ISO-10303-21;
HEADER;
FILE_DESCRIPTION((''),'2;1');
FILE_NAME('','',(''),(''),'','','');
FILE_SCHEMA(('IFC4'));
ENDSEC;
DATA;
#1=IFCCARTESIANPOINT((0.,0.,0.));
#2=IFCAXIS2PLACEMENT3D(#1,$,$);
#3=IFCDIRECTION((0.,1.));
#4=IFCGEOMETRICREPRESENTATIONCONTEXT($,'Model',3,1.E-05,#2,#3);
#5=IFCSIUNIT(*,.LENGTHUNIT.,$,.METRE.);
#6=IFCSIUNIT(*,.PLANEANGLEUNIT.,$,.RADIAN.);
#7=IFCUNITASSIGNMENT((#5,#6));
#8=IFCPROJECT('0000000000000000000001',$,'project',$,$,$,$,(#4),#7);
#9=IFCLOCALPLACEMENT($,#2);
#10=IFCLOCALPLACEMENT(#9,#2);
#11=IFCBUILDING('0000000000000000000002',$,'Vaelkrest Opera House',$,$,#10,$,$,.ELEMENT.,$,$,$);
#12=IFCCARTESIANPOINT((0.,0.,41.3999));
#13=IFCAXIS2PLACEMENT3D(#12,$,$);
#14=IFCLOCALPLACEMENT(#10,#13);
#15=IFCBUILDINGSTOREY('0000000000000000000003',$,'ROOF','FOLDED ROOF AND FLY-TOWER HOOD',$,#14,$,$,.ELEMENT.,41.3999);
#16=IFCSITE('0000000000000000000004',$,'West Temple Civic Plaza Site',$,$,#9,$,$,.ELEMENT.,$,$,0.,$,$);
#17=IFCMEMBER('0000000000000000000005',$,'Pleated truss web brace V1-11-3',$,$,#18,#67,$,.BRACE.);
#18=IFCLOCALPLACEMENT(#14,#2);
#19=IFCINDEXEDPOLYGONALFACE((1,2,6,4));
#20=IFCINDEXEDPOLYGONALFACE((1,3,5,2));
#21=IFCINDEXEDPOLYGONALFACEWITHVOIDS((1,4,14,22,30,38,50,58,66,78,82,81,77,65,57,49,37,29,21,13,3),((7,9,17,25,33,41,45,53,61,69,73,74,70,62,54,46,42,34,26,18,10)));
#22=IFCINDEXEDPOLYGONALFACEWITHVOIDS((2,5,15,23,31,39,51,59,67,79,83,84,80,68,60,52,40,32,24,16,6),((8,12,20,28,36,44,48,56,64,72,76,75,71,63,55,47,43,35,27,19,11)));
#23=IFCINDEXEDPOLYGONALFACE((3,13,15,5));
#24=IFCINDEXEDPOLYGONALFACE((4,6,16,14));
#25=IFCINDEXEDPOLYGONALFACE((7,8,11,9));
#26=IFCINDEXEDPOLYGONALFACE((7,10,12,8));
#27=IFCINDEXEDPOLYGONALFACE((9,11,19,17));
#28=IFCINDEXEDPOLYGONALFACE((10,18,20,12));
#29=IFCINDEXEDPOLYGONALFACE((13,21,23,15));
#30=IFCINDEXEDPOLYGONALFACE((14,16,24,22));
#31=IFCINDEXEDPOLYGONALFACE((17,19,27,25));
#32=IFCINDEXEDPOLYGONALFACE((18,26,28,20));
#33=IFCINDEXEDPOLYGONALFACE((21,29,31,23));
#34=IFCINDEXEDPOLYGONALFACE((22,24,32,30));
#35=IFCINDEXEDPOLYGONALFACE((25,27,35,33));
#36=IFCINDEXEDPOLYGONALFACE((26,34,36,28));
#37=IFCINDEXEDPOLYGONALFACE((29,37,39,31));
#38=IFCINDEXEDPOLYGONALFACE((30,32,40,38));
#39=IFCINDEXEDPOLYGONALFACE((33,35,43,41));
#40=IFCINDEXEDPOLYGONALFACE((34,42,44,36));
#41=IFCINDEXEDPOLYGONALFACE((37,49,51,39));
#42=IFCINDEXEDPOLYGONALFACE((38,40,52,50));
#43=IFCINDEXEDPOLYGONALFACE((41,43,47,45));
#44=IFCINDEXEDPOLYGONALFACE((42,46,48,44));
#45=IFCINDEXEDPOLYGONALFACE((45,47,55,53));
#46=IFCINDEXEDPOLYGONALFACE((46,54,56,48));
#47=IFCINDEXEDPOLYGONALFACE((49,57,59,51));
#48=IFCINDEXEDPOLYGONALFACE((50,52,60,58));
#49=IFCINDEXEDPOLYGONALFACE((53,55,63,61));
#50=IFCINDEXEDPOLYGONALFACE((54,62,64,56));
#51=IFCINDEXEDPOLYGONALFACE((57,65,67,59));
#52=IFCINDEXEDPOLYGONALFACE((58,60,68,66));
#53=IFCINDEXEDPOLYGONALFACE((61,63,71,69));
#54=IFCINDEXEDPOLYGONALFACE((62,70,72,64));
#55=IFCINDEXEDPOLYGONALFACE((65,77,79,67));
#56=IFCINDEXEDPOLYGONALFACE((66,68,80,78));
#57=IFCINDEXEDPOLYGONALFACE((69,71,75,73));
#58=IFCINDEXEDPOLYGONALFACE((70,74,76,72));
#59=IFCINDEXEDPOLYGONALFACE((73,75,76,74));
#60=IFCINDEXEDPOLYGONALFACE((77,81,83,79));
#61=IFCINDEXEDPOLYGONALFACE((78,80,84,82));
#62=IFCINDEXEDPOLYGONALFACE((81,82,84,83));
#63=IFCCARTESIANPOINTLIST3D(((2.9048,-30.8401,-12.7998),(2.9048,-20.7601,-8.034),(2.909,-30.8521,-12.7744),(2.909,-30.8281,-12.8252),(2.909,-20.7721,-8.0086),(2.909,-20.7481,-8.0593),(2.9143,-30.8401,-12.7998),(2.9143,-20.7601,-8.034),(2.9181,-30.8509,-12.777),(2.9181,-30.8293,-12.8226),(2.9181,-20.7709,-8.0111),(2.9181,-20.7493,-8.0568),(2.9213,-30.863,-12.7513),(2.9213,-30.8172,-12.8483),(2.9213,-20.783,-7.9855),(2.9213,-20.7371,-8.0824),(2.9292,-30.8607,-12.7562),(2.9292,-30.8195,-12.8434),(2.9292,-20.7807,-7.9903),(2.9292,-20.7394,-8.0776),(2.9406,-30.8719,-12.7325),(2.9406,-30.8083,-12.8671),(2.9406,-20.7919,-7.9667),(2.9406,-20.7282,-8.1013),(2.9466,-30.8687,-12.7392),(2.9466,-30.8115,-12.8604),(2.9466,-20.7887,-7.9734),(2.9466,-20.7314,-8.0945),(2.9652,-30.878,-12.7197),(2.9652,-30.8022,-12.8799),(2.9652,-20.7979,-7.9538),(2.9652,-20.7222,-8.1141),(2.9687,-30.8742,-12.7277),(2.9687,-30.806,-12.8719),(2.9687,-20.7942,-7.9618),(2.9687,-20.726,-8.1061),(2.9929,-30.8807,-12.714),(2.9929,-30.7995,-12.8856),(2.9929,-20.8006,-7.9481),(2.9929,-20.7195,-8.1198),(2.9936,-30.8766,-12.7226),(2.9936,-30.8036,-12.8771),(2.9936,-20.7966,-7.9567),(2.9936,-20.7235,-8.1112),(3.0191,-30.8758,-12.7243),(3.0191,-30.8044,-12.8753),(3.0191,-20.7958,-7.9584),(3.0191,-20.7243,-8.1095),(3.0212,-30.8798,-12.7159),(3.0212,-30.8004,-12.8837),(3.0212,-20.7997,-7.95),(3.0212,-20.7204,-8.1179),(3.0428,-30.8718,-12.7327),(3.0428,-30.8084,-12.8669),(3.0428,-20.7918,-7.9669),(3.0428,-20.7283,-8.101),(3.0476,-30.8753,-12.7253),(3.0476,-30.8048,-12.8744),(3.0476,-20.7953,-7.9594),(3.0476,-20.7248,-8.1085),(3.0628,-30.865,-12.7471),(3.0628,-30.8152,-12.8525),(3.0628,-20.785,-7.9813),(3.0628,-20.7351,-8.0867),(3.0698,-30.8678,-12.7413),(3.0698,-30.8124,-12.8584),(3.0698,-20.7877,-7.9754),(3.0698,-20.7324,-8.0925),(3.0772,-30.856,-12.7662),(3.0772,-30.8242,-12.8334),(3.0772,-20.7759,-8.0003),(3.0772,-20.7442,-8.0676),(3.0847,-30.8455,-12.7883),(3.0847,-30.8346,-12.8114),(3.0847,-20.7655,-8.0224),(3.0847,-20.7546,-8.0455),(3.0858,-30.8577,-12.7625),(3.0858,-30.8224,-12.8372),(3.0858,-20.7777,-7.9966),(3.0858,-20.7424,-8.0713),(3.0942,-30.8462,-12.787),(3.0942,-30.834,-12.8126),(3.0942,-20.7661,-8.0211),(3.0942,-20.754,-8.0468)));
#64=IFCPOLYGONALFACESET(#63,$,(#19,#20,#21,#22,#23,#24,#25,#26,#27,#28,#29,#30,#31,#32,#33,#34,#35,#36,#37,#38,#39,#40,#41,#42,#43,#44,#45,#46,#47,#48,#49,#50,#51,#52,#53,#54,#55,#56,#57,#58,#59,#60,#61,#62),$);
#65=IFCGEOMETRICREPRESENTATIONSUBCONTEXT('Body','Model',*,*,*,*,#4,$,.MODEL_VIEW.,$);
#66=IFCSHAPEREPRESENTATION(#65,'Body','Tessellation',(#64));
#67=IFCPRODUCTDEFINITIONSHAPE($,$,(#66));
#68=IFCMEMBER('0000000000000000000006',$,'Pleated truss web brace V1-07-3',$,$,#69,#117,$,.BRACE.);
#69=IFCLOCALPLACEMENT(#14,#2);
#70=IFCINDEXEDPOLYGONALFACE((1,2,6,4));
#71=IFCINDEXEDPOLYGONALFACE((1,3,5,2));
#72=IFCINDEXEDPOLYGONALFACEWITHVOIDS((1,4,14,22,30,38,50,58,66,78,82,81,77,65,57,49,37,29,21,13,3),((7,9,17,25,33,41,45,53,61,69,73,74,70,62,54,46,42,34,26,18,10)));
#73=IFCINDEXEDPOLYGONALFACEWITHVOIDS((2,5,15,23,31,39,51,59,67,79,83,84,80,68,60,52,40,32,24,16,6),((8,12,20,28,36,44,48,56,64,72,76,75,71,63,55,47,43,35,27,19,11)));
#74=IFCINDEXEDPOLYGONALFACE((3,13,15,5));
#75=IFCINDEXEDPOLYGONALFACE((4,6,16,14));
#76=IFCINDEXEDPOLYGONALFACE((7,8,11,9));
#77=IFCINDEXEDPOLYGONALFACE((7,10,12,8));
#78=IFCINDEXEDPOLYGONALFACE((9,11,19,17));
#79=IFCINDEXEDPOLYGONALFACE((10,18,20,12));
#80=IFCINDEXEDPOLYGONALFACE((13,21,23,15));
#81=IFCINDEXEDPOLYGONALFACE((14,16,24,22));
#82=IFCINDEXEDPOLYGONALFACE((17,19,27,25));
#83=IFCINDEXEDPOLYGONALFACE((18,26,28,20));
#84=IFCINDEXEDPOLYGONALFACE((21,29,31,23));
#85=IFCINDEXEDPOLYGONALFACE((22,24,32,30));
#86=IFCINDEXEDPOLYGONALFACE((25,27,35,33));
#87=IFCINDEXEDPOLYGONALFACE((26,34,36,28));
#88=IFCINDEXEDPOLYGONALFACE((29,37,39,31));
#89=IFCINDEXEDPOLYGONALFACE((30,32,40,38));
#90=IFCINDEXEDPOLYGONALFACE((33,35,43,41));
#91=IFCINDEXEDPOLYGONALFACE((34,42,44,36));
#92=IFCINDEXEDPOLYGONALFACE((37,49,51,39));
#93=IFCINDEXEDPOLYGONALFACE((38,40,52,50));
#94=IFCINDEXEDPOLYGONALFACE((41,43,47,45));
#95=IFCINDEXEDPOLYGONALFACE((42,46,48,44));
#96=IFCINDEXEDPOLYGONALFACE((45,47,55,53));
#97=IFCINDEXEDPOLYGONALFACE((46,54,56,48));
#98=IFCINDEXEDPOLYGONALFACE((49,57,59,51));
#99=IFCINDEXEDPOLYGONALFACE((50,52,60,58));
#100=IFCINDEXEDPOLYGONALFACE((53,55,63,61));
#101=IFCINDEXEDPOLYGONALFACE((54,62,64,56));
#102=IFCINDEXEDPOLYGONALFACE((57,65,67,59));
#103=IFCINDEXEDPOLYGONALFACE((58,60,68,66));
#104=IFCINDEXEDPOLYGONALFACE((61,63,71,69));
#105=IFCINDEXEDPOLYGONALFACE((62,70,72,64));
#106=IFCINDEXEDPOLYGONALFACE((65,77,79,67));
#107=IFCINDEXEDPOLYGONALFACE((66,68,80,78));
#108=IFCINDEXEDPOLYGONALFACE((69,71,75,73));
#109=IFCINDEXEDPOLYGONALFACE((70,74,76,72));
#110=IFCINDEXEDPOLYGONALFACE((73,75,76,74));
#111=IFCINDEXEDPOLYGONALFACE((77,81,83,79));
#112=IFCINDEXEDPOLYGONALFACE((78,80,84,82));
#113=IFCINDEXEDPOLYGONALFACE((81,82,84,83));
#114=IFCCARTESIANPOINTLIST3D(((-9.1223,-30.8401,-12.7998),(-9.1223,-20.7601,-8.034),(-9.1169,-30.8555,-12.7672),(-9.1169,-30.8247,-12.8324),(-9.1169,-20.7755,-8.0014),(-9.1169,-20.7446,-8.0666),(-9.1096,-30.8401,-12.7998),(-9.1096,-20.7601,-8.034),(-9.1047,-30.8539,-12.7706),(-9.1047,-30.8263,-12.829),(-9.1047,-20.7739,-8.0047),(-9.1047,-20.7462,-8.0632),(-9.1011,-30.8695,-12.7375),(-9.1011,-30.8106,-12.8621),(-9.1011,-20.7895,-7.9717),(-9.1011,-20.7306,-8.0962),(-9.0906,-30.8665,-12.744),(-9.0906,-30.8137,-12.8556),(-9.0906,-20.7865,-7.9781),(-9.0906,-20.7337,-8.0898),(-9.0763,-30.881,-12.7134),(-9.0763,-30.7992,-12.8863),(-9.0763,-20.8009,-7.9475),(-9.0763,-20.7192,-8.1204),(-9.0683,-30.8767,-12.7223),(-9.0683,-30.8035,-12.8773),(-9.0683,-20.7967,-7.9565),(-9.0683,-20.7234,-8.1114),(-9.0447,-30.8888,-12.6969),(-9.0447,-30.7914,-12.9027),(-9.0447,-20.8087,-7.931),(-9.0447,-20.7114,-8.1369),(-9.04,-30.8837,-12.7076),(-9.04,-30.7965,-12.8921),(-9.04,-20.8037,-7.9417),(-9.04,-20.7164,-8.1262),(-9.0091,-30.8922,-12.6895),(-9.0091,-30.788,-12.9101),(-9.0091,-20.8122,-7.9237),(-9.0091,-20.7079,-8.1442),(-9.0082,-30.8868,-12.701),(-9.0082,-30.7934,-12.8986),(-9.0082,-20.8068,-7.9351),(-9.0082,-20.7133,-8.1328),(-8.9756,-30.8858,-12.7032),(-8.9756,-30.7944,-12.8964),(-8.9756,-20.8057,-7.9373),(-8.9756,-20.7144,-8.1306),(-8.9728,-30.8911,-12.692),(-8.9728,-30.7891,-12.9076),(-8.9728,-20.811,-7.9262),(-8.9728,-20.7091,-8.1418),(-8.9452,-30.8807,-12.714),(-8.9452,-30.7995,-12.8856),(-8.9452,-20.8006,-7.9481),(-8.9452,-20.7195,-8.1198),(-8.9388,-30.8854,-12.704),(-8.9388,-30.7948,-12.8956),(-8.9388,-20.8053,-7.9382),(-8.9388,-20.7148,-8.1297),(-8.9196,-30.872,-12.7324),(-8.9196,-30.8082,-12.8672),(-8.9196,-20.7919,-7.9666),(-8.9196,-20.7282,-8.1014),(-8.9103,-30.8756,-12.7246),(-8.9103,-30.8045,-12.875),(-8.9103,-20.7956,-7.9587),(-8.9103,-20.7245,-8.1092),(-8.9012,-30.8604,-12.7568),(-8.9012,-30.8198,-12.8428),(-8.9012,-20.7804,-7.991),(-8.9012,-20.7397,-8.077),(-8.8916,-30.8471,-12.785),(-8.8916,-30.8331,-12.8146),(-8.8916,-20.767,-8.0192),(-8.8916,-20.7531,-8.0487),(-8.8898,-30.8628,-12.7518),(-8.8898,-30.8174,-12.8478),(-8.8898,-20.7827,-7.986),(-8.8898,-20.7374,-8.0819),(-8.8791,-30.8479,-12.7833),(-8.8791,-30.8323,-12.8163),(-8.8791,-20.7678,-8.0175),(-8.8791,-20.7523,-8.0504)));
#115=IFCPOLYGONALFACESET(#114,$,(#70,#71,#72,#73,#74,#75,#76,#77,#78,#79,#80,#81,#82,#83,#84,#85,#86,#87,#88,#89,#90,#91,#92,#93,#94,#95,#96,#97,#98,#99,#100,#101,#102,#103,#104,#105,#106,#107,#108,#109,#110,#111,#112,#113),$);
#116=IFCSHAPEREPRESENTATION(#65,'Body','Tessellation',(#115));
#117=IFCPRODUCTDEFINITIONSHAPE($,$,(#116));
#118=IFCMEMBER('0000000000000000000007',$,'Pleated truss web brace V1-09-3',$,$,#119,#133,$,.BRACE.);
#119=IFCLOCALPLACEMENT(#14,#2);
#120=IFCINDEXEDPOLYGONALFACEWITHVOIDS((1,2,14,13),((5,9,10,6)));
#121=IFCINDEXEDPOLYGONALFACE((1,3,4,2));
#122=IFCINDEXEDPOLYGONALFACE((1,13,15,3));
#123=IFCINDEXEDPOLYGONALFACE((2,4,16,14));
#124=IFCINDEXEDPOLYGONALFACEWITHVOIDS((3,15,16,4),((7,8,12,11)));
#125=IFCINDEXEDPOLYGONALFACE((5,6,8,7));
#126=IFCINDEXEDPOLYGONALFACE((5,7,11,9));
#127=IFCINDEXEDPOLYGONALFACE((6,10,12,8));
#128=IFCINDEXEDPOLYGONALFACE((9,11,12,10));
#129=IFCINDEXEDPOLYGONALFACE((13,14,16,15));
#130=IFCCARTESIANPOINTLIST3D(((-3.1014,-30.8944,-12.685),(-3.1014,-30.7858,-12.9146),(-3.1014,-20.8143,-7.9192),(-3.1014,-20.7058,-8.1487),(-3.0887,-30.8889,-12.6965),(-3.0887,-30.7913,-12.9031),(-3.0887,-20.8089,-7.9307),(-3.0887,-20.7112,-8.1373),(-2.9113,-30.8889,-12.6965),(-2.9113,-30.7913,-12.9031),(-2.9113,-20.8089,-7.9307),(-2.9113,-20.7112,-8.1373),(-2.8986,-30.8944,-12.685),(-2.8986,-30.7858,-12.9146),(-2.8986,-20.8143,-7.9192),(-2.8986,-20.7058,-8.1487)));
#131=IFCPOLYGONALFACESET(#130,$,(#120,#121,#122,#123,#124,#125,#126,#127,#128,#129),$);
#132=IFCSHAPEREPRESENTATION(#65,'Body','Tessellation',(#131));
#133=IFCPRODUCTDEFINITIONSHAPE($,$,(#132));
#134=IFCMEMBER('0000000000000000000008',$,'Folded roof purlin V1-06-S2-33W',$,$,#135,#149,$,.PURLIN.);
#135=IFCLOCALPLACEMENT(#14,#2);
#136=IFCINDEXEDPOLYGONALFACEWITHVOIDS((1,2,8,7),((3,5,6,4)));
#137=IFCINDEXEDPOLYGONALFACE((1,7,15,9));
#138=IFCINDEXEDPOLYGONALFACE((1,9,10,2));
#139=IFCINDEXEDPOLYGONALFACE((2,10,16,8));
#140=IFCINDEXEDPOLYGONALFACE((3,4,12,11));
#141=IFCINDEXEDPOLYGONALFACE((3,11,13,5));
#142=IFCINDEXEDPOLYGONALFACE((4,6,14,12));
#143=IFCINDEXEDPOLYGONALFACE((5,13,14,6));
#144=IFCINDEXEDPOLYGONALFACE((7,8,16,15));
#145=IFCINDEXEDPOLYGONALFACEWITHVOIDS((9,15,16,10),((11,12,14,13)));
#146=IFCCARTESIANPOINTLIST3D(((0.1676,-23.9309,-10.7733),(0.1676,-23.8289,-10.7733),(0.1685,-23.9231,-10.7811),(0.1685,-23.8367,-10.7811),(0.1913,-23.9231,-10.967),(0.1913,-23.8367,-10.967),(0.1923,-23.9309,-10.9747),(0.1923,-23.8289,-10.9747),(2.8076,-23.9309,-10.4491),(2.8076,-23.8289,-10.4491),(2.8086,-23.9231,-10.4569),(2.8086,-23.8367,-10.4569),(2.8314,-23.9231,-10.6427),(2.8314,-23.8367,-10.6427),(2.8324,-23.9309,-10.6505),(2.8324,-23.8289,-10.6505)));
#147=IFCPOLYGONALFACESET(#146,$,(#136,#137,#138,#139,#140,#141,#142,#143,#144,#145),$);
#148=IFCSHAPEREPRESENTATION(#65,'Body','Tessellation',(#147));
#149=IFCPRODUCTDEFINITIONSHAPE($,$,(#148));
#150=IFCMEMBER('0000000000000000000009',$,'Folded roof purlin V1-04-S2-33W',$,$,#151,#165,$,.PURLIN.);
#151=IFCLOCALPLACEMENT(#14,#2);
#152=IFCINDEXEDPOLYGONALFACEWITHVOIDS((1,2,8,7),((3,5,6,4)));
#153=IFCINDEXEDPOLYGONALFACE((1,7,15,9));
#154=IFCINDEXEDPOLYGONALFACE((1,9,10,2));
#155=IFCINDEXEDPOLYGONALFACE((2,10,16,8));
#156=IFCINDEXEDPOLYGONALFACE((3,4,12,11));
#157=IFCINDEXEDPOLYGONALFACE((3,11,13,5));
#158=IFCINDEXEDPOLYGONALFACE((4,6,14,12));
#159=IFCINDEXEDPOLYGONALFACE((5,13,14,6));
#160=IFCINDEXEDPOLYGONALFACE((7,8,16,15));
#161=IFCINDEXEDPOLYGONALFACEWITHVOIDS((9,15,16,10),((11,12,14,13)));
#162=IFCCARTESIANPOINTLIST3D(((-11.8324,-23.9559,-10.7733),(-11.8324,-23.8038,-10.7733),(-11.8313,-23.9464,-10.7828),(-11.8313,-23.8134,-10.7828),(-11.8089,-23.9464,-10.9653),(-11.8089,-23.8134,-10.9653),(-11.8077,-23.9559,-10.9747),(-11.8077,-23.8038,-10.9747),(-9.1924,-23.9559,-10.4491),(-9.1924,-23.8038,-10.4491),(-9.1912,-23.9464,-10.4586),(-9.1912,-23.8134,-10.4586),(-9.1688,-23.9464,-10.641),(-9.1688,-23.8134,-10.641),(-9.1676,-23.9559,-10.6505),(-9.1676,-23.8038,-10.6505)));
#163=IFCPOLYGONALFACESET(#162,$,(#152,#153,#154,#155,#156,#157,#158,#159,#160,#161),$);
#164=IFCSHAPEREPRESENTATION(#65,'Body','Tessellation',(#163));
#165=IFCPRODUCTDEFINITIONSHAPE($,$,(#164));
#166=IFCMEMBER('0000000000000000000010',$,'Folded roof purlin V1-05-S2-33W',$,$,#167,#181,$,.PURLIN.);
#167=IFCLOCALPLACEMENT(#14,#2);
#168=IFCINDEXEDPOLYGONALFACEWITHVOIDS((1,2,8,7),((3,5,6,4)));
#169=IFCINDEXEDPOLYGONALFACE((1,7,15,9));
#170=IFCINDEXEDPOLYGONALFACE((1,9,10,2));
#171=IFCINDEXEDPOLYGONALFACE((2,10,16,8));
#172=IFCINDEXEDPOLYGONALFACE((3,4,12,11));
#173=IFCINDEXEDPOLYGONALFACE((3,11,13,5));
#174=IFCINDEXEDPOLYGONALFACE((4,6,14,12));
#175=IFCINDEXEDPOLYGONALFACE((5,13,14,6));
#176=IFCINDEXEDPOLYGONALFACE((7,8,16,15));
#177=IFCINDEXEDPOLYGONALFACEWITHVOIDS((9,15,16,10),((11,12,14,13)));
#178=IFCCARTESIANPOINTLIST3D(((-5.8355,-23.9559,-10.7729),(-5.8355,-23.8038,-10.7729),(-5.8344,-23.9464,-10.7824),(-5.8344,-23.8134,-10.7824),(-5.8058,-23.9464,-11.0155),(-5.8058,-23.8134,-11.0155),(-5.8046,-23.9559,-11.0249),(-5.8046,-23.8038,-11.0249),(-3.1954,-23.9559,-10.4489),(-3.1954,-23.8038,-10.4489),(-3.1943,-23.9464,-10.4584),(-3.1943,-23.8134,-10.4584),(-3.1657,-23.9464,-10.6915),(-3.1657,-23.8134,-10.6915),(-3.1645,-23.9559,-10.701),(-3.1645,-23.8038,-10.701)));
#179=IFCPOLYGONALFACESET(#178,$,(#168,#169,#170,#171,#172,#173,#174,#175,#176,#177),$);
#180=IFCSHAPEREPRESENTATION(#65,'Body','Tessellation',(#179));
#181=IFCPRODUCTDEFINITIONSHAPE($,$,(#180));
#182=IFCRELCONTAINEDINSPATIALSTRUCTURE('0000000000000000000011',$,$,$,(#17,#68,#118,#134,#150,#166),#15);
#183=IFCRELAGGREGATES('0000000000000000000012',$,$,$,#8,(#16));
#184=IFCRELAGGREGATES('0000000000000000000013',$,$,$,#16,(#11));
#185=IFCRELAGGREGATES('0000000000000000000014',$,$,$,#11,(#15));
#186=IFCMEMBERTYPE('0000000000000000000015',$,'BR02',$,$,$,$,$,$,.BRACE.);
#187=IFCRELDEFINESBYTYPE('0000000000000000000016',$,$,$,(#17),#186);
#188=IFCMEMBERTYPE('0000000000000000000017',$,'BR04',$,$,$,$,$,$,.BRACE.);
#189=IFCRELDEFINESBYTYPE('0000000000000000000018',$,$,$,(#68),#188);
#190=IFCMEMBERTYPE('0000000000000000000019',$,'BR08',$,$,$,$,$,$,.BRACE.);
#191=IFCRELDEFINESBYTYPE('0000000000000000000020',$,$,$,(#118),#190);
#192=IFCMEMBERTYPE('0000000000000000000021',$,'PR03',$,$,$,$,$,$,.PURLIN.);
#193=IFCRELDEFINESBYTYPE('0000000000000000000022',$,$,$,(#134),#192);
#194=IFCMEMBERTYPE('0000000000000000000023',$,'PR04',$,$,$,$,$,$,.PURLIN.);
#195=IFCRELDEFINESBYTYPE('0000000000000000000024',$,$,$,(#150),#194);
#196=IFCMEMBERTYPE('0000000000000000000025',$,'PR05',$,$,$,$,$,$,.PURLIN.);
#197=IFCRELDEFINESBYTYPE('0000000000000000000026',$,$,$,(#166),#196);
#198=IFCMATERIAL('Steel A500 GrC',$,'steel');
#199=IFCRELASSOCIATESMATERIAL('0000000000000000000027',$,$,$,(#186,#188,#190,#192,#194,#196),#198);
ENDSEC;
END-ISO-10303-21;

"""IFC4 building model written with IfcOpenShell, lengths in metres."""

from ifc_helpers import new_model, si_unit, direction, frame, origin, origin_2d, place, context, subcontext, project, spatial, hollow_rectangle, hollow_circle, extrude, material, material_profile, profile_set, type_object, element, save


model = new_model("IFC4")

# Units and contexts
model_context = context("Model", 3, precision=1e-05, world=origin(), true_north=direction((0.0, 1.0)))
body_context = subcontext(model_context, "Body", "Model", "MODEL_VIEW")
ifc_project = project(units=[si_unit("LENGTHUNIT", "METRE"), si_unit("PLANEANGLEUNIT", "RADIAN")], contexts=[model_context])

# Site, building, storey
site_placement = place(None, origin())
site = spatial("IfcSite", under=ifc_project, at=site_placement, Name="West Temple Civic Plaza Site", CompositionType="ELEMENT", RefElevation=0.0)
building_placement = place(site_placement, origin())
building = spatial("IfcBuilding", under=site, at=building_placement, Name="Vaelkrest Opera House", CompositionType="ELEMENT")
storey_placement = place(building_placement, frame((0.0, 0.0, 41.3999)))
storey = spatial("IfcBuildingStorey", under=building, at=storey_placement, Name="ROOF", Description="FOLDED ROOF AND FLY-TOWER HOOD", CompositionType="ELEMENT", Elevation=41.3999)

# Members
ifc_material_1 = material(Name="Steel A500 GrC", Category="steel")
ifc_material_profile_1 = material_profile(ifc_material_1, hollow_circle(Radius=0.0952, WallThickness=0.0095, at=origin_2d()), Name="HSS190.5X9.5")
ifc_profile_set_1 = profile_set([ifc_material_profile_1], Name="Steel A500 GrC")
member_type_1 = type_object("IfcMemberType", Name="BR02", PredefinedType="BRACE", material=ifc_profile_set_1)
member_1_placement = place(storey_placement, frame((3.0, -30.8401, -12.7998), z_axis=(0.0, 0.904047, 0.427434), x_axis=(-1.0, 0.0, 0.0)))
element("IfcMember", 1, at=member_1_placement, inside=storey, type_object=member_type_1, Name="Pleated truss web brace V1-11-3", PredefinedType="BRACE", context=body_context, shape_type="SweptSolid", body=[
    extrude(hollow_circle(Radius=0.0952, WallThickness=0.0095, at=origin_2d()), origin(), (0.0, 0.0, 1.0), 11.1499),
])
ifc_material_profile_2 = material_profile(ifc_material_1, hollow_circle(Radius=0.1223, WallThickness=0.0127, at=origin_2d()), Name="HSS244.5X12.7")
ifc_profile_set_2 = profile_set([ifc_material_profile_2], Name="Steel A500 GrC")
member_type_2 = type_object("IfcMemberType", Name="BR04", PredefinedType="BRACE", material=ifc_profile_set_2)
member_2_placement = place(storey_placement, frame((-9.0, -30.8401, -12.7998), z_axis=(0.0, 0.904047, 0.427434), x_axis=(-1.0, 0.0, 0.0)))
element("IfcMember", 2, at=member_2_placement, inside=storey, type_object=member_type_2, Name="Pleated truss web brace V1-07-3", PredefinedType="BRACE", context=body_context, shape_type="SweptSolid", body=[
    extrude(hollow_circle(Radius=0.1223, WallThickness=0.0127, at=origin_2d()), origin(), (0.0, 0.0, 1.0), 11.1499),
])
ifc_material_profile_3 = material_profile(ifc_material_1, hollow_rectangle(XDim=0.2029, YDim=0.2539, WallThickness=0.0127, at=origin_2d()), Name="HSS254X203X12.7")
ifc_profile_set_3 = profile_set([ifc_material_profile_3], Name="Steel A500 GrC")
member_type_3 = type_object("IfcMemberType", Name="BR08", PredefinedType="BRACE", material=ifc_profile_set_3)
member_3_placement = place(storey_placement, frame((-3.0, -30.8401, -12.7998), z_axis=(0.0, 0.904047, 0.427434), x_axis=(-1.0, 0.0, 0.0)))
element("IfcMember", 3, at=member_3_placement, inside=storey, type_object=member_type_3, Name="Pleated truss web brace V1-09-3", PredefinedType="BRACE", context=body_context, shape_type="SweptSolid", body=[
    extrude(hollow_rectangle(XDim=0.2029, YDim=0.2539, WallThickness=0.0127, at=origin_2d()), origin(), (0.0, 0.0, 1.0), 11.1499),
])
ifc_material_profile_4 = material_profile(ifc_material_1, hollow_rectangle(XDim=0.1021, YDim=0.2029, WallThickness=0.0078, at=origin_2d()), Name="HSS203X102X8")
ifc_profile_set_4 = profile_set([ifc_material_profile_4], Name="Steel A500 GrC")
member_type_4 = type_object("IfcMemberType", Name="PR03", PredefinedType="PURLIN", material=ifc_profile_set_4)
member_4_placement = place(storey_placement, frame((0.1799, -23.8799, -10.874), z_axis=(0.992544, 0.0, 0.121888), x_axis=(0.0, 1.0, 0.0)))
element("IfcMember", 4, at=member_4_placement, inside=storey, type_object=member_type_4, Name="Folded roof purlin V1-06-S2-33W", PredefinedType="PURLIN", context=body_context, shape_type="SweptSolid", body=[
    extrude(hollow_rectangle(XDim=0.1021, YDim=0.2029, WallThickness=0.0078, at=origin_2d()), origin(), (0.0, 0.0, 1.0), 2.6599),
])
ifc_material_profile_5 = material_profile(ifc_material_1, hollow_rectangle(XDim=0.1521, YDim=0.2029, WallThickness=0.0095, at=origin_2d()), Name="HSS203X152X9.5")
ifc_profile_set_5 = profile_set([ifc_material_profile_5], Name="Steel A500 GrC")
member_type_5 = type_object("IfcMemberType", Name="PR04", PredefinedType="PURLIN", material=ifc_profile_set_5)
member_5_placement = place(storey_placement, frame((-11.8201, -23.8799, -10.874), z_axis=(0.992544, 0.0, 0.121888), x_axis=(0.0, 1.0, 0.0)))
element("IfcMember", 5, at=member_5_placement, inside=storey, type_object=member_type_5, Name="Folded roof purlin V1-04-S2-33W", PredefinedType="PURLIN", context=body_context, shape_type="SweptSolid", body=[
    extrude(hollow_rectangle(XDim=0.1521, YDim=0.2029, WallThickness=0.0095, at=origin_2d()), origin(), (0.0, 0.0, 1.0), 2.6599),
])
ifc_material_profile_6 = material_profile(ifc_material_1, hollow_rectangle(XDim=0.1521, YDim=0.2539, WallThickness=0.0095, at=origin_2d()), Name="HSS254X152X9.5")
ifc_profile_set_6 = profile_set([ifc_material_profile_6], Name="Steel A500 GrC")
member_type_6 = type_object("IfcMemberType", Name="PR05", PredefinedType="PURLIN", material=ifc_profile_set_6)
member_6_placement = place(storey_placement, frame((-5.8201, -23.8799, -10.8989), z_axis=(0.992555, 0.0, 0.121798), x_axis=(0.0, 1.0, 0.0)))
element("IfcMember", 6, at=member_6_placement, inside=storey, type_object=member_type_6, Name="Folded roof purlin V1-05-S2-33W", PredefinedType="PURLIN", context=body_context, shape_type="SweptSolid", body=[
    extrude(hollow_rectangle(XDim=0.1521, YDim=0.2539, WallThickness=0.0095, at=origin_2d()), origin(), (0.0, 0.0, 1.0), 2.6599),
])

save(model, "model.ifc")
